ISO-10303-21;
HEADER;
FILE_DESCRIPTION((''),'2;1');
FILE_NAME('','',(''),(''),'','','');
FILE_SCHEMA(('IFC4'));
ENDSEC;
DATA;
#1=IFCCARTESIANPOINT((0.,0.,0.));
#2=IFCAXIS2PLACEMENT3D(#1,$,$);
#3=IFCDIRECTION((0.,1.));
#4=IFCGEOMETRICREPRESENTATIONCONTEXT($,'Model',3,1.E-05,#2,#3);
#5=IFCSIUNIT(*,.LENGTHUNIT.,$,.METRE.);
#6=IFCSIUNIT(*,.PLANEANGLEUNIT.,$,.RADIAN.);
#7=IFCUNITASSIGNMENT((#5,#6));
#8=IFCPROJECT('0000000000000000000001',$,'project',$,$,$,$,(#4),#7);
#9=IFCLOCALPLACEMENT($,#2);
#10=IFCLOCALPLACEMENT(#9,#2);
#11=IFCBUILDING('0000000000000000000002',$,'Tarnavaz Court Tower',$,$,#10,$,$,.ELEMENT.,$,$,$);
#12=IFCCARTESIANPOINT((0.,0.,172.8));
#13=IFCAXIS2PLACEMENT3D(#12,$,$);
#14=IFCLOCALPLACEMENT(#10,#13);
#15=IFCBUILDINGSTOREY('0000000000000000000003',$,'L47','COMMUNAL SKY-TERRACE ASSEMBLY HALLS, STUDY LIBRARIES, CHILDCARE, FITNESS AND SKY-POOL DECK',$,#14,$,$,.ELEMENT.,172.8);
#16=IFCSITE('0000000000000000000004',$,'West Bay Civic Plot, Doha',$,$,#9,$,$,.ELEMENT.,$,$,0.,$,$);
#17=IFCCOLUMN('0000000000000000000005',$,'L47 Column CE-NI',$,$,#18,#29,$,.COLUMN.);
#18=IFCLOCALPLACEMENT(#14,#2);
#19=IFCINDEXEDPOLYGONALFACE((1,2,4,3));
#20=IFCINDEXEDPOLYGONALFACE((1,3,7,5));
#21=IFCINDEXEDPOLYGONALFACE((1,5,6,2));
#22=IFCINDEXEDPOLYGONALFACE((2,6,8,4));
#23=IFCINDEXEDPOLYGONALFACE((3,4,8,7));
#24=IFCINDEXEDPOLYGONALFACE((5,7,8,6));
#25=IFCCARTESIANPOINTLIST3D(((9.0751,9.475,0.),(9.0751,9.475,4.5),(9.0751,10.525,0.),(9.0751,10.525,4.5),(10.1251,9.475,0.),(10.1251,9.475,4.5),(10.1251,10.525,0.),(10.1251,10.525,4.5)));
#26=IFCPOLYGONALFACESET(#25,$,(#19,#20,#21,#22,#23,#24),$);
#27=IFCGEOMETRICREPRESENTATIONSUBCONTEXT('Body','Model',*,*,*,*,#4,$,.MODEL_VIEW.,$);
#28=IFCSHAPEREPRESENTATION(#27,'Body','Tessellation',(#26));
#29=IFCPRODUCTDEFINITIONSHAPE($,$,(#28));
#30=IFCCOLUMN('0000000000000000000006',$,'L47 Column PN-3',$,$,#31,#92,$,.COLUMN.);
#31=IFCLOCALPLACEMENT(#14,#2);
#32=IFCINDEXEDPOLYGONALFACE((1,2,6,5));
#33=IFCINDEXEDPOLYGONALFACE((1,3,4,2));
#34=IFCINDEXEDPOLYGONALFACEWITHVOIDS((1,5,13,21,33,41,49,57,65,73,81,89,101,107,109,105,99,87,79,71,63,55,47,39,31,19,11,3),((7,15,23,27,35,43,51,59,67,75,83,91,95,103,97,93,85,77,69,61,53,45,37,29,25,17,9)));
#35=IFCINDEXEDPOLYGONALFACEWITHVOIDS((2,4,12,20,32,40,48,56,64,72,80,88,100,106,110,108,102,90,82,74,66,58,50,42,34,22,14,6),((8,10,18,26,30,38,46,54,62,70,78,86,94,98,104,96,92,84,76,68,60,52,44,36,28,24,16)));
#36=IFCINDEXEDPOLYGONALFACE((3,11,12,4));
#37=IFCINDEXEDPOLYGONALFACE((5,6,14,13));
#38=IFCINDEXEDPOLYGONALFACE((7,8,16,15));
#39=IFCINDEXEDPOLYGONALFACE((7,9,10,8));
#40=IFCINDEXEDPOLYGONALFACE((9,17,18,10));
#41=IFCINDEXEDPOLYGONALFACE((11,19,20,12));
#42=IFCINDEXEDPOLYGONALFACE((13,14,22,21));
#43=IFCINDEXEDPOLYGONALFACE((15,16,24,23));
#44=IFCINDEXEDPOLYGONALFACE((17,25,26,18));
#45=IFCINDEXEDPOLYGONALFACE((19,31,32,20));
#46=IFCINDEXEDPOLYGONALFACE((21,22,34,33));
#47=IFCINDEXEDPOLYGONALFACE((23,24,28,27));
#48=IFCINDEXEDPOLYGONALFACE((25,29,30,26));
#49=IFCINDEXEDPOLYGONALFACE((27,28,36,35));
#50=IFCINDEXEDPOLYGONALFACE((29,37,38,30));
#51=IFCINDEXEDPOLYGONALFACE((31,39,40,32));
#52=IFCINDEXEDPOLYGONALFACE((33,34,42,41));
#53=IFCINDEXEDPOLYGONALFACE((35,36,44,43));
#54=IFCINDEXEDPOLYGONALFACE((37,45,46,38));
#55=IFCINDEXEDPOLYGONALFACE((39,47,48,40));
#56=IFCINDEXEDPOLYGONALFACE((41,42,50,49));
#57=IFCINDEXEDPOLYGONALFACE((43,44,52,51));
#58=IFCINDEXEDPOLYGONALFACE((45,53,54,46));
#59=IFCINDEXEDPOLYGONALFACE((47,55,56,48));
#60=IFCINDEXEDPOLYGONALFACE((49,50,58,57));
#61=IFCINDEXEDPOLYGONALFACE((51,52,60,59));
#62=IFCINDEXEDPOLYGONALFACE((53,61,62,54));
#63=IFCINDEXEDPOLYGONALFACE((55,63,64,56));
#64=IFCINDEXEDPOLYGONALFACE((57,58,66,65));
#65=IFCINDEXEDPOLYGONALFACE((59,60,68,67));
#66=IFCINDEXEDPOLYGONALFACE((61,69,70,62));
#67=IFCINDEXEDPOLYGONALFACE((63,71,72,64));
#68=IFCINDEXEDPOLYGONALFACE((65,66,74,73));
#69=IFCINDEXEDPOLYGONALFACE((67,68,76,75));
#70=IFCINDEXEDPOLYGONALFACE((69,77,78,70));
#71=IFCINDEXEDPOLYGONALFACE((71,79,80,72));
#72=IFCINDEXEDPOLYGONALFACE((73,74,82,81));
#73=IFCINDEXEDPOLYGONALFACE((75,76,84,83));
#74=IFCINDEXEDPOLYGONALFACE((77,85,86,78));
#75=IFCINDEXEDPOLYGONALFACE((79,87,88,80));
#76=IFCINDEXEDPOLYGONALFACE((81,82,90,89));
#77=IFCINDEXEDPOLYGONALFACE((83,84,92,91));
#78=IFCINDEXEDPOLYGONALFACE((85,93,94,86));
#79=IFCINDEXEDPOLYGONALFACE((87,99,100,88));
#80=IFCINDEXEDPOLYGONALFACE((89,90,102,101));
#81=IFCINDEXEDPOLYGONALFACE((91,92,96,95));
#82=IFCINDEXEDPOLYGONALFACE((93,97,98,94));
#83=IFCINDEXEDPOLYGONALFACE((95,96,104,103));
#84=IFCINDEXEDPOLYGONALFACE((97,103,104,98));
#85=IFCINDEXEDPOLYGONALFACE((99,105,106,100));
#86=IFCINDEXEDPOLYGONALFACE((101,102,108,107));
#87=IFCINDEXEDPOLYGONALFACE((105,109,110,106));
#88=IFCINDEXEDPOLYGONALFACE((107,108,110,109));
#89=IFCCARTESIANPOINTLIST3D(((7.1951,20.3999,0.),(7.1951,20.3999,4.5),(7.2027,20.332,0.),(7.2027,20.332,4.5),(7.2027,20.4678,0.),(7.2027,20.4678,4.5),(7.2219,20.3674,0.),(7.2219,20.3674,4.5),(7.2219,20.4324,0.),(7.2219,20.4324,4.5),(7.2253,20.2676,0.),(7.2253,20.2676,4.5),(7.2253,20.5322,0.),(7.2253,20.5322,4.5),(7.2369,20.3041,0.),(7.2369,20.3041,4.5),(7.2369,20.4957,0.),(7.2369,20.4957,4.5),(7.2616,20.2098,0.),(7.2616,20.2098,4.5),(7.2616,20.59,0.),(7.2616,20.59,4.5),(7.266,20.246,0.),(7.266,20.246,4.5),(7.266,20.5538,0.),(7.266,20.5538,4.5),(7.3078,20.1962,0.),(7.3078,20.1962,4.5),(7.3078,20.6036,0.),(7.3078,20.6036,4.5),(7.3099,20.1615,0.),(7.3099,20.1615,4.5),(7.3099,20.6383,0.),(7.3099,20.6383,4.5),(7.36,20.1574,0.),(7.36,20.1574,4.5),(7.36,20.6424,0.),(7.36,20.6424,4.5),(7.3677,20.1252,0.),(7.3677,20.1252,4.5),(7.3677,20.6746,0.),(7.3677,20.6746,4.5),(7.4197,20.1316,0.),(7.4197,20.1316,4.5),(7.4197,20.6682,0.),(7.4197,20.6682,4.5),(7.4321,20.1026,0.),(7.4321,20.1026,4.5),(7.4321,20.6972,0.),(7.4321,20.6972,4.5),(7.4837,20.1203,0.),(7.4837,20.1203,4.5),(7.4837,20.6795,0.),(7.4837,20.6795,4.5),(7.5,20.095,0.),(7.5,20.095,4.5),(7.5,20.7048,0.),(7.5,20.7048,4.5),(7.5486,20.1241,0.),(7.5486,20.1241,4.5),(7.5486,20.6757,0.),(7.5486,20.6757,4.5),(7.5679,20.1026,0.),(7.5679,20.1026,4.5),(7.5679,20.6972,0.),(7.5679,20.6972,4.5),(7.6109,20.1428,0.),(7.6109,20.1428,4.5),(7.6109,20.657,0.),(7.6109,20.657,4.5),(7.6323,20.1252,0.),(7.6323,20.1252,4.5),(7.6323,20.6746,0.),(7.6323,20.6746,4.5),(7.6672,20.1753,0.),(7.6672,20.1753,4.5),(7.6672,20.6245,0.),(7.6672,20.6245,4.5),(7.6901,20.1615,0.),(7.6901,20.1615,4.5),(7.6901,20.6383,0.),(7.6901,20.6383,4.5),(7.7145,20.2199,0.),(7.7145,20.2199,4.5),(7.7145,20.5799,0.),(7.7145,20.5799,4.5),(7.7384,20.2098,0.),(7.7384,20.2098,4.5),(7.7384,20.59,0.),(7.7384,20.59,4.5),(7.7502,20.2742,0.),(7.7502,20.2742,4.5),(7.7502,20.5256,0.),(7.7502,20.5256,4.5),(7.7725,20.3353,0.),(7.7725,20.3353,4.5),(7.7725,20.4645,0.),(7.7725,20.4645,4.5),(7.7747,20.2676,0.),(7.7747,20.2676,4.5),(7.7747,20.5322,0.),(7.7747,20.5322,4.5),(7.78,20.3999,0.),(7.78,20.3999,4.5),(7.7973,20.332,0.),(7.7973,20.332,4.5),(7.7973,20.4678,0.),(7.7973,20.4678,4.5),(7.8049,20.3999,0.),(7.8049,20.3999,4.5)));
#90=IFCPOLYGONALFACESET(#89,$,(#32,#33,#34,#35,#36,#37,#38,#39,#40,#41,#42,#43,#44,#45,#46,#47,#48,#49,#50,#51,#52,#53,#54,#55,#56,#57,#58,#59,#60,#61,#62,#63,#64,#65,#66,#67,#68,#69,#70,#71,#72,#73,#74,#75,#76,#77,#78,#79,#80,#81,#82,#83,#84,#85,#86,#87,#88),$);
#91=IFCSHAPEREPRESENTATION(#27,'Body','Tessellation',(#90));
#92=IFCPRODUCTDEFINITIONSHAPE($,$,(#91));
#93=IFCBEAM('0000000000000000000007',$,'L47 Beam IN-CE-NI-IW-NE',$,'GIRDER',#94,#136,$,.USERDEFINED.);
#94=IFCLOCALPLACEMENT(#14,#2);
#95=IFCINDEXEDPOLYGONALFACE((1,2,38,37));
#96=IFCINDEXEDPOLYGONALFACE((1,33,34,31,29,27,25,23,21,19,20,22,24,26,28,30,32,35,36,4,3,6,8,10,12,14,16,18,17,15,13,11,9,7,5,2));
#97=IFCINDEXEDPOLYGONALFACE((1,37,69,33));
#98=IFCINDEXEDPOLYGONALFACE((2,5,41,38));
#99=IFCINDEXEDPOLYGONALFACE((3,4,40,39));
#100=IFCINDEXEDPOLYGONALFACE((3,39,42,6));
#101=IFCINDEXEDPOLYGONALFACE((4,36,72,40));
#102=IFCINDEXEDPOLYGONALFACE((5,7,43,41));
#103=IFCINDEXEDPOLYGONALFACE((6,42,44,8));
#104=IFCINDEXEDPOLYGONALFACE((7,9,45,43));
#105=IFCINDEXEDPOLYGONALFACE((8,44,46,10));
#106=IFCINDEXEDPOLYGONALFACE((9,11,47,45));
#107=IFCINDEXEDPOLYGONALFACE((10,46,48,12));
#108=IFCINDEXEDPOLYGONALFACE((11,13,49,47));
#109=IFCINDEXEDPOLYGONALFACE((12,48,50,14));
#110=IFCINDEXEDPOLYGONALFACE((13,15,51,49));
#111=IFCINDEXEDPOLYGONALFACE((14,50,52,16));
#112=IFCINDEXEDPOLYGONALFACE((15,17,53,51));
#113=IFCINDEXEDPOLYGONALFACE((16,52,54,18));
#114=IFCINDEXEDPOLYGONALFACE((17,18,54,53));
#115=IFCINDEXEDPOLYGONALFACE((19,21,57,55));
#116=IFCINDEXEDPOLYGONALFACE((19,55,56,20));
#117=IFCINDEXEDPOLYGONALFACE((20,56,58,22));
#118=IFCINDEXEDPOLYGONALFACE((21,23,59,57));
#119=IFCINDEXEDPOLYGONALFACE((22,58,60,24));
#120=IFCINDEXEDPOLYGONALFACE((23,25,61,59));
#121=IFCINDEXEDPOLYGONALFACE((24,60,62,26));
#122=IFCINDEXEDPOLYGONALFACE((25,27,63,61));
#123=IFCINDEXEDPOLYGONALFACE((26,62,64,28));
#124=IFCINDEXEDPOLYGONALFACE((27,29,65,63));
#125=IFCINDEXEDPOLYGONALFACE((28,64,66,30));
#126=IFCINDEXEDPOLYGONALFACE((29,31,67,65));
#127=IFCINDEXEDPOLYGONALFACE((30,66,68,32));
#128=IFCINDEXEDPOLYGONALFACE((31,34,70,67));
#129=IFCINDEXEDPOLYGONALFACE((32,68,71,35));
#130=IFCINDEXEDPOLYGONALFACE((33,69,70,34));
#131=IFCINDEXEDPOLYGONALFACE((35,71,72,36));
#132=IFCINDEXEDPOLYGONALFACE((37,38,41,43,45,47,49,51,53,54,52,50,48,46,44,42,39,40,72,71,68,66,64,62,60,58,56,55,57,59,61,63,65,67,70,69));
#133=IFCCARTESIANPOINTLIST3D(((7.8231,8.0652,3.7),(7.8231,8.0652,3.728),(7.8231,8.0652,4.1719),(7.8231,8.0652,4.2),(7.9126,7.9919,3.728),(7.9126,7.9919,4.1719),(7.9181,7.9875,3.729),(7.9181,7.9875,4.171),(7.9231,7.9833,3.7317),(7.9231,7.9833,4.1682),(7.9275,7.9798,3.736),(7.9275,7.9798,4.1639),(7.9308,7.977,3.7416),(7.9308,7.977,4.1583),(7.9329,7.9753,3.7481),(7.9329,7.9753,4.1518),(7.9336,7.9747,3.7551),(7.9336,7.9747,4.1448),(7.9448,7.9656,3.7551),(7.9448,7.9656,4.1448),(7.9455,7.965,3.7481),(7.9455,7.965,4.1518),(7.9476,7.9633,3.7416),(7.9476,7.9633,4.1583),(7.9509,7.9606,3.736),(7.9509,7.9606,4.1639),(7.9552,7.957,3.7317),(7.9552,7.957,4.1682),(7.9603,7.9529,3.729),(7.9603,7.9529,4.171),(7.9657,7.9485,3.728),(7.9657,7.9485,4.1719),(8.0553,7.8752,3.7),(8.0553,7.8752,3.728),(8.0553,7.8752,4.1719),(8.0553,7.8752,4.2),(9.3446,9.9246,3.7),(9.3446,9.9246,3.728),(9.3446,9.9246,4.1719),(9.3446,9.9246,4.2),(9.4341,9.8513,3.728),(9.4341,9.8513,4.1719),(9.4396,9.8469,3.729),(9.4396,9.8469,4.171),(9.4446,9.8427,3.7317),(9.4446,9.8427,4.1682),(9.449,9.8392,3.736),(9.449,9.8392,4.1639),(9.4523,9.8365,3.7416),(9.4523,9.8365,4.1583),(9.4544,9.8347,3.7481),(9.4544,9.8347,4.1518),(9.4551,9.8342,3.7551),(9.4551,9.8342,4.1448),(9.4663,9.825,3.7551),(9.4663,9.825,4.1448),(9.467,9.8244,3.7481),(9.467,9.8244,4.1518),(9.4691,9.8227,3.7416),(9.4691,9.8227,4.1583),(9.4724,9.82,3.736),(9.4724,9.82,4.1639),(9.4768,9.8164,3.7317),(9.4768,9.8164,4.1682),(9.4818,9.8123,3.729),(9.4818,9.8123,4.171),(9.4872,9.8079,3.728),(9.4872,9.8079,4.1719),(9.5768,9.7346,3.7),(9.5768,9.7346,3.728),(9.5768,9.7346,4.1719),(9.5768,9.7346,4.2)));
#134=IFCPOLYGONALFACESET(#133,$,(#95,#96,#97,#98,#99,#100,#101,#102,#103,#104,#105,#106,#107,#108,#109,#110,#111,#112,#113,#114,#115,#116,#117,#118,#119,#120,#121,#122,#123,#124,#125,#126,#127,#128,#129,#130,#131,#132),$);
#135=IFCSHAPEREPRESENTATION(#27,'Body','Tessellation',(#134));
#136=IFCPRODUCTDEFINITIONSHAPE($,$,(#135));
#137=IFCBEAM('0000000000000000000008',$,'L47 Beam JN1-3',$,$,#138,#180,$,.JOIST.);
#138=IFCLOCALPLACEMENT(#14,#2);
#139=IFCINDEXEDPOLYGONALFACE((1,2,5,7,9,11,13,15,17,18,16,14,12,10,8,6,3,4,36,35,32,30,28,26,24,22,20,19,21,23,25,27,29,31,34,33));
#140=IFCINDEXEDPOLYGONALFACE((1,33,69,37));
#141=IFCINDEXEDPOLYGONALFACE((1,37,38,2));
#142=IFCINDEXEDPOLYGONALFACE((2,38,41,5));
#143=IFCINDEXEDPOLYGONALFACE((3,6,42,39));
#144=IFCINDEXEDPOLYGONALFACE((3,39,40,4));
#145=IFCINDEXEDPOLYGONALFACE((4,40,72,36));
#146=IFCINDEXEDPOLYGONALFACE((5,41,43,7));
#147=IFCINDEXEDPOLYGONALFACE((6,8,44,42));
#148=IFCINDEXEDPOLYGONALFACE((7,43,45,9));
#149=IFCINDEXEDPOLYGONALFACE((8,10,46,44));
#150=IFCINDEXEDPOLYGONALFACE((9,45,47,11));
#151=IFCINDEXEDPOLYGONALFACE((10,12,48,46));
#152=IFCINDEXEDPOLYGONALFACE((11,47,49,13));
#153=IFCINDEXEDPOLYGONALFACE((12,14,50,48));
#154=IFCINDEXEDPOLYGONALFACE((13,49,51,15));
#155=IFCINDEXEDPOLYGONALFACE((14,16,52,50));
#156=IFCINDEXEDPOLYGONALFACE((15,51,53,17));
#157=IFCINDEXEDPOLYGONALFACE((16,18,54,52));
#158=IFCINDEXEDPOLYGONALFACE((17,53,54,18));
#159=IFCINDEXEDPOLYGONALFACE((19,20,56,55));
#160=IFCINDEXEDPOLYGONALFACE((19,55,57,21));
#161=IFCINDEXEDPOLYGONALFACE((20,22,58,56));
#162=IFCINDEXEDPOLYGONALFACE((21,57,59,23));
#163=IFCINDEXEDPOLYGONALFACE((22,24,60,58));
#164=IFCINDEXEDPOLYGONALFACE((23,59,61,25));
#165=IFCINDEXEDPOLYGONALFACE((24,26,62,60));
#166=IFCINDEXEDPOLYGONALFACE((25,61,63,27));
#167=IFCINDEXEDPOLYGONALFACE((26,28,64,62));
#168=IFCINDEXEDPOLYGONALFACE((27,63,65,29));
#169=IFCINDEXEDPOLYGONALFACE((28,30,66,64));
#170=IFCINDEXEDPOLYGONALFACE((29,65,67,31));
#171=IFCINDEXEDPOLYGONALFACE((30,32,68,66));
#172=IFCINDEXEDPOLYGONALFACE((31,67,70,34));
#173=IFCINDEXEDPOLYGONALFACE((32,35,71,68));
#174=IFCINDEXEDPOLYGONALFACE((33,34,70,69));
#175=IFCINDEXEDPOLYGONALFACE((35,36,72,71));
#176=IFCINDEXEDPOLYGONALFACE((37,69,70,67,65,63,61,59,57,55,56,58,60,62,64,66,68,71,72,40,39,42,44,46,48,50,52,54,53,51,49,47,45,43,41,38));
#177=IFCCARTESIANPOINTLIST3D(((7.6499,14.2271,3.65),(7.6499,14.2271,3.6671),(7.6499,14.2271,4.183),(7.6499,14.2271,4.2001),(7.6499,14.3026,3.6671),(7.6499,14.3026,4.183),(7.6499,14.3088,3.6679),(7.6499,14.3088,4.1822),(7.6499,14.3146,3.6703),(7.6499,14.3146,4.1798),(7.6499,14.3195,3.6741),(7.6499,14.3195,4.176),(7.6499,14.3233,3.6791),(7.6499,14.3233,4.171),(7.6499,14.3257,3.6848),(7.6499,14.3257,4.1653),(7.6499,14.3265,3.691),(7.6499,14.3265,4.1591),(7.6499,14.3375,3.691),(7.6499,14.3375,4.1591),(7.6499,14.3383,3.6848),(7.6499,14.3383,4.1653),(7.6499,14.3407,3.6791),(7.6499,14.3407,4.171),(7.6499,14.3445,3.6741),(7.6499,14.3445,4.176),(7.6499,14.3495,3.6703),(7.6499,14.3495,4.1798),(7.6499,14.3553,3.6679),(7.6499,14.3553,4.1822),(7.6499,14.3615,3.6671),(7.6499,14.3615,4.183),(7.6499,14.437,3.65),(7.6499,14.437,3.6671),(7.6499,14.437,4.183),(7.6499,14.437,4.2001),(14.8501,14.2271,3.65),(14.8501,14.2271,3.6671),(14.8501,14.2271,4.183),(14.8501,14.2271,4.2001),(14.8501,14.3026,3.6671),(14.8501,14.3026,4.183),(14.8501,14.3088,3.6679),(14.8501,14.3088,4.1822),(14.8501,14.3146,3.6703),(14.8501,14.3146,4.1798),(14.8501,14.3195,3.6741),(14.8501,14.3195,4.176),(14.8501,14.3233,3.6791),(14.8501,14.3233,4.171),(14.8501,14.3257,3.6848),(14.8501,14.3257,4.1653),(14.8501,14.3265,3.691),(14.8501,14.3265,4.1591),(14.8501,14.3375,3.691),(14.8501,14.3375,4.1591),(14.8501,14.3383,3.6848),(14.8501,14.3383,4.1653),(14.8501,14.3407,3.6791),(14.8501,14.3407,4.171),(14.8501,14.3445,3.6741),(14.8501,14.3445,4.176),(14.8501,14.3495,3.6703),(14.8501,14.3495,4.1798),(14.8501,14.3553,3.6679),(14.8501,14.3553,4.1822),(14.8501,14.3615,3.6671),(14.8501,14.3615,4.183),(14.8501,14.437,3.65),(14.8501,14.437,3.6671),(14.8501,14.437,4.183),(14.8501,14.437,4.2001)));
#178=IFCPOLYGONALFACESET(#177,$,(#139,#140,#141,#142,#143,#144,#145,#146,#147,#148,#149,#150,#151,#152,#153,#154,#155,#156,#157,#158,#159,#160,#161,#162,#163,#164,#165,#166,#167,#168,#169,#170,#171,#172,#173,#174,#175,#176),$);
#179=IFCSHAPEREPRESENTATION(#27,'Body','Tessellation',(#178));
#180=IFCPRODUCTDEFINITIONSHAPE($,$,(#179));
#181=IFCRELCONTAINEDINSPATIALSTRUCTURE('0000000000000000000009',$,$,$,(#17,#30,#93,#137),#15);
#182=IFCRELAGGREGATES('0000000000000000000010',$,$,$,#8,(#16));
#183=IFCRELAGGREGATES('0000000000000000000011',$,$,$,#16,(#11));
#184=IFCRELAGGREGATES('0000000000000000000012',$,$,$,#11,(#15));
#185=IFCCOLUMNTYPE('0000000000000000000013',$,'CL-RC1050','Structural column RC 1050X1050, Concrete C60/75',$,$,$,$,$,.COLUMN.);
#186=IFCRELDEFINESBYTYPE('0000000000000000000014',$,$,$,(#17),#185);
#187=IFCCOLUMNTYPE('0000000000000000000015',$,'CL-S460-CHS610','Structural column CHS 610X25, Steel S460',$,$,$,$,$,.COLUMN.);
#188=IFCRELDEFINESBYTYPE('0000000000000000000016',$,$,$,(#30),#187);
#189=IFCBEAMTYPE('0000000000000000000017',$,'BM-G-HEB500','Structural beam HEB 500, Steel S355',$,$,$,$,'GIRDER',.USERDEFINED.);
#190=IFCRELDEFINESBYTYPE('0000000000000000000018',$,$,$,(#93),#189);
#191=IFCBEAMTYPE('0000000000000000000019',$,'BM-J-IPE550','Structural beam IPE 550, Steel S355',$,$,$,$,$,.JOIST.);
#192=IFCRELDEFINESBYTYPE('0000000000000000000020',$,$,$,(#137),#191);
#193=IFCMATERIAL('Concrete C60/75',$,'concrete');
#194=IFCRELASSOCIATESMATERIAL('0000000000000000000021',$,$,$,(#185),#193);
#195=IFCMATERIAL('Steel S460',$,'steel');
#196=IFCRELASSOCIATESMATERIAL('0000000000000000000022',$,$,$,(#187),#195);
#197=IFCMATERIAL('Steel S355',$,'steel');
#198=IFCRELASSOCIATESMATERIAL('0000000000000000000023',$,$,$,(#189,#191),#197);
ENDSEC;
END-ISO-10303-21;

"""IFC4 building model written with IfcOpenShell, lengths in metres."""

from ifc_helpers import new_model, si_unit, direction, frame, origin, origin_2d, place, context, subcontext, project, spatial, rectangle, hollow_circle, i_section, extrude, material, material_profile, profile_set, type_object, element, save


model = new_model("IFC4")

# Units and contexts
model_context = context("Model", 3, precision=1e-05, world=origin(), true_north=direction((0.0, 1.0)))
body_context = subcontext(model_context, "Body", "Model", "MODEL_VIEW")
ifc_project = project(units=[si_unit("LENGTHUNIT", "METRE"), si_unit("PLANEANGLEUNIT", "RADIAN")], contexts=[model_context])

# Site, building, storey
site_placement = place(None, origin())
site = spatial("IfcSite", under=ifc_project, at=site_placement, Name="West Bay Civic Plot, Doha", CompositionType="ELEMENT", RefElevation=0.0)
building_placement = place(site_placement, origin())
building = spatial("IfcBuilding", under=site, at=building_placement, Name="Tarnavaz Court Tower", CompositionType="ELEMENT")
storey_placement = place(building_placement, frame((0.0, 0.0, 172.8)))
storey = spatial("IfcBuildingStorey", under=building, at=storey_placement, Name="L47", Description="COMMUNAL SKY-TERRACE ASSEMBLY HALLS, STUDY LIBRARIES, CHILDCARE, FITNESS AND SKY-POOL DECK", CompositionType="ELEMENT", Elevation=172.8)

# Columns
ifc_material_1 = material(Name="Concrete C60/75", Category="concrete")
ifc_material_profile_1 = material_profile(ifc_material_1, rectangle(XDim=1.05, YDim=1.05, at=origin_2d()), Name="RC 1050X1050")
ifc_profile_set_1 = profile_set([ifc_material_profile_1], Name="Concrete C60/75")
column_type_1 = type_object("IfcColumnType", Name="CL-RC1050", Description="Structural column RC 1050X1050, Concrete C60/75", PredefinedType="COLUMN", material=ifc_profile_set_1)
column_1_placement = place(storey_placement, frame((9.6001, 10.0, 0.0), z_axis=(0.0, 0.0, 1.0), x_axis=(1.0, 0.0, 0.0)))
element("IfcColumn", 1, at=column_1_placement, inside=storey, type_object=column_type_1, Name="L47 Column CE-NI", PredefinedType="COLUMN", context=body_context, shape_type="SweptSolid", body=[
    extrude(rectangle(XDim=1.05, YDim=1.05, at=origin_2d()), origin(), (0.0, 0.0, 1.0), 4.5),
])
ifc_material_2 = material(Name="Steel S460", Category="steel")
ifc_material_profile_2 = material_profile(ifc_material_2, hollow_circle(Radius=0.3049, WallThickness=0.0249, at=origin_2d()), Name="CHS 610X25")
ifc_profile_set_2 = profile_set([ifc_material_profile_2], Name="Steel S460")
column_type_2 = type_object("IfcColumnType", Name="CL-S460-CHS610", Description="Structural column CHS 610X25, Steel S460", PredefinedType="COLUMN", material=ifc_profile_set_2)
column_2_placement = place(storey_placement, frame((7.5, 20.3999, 0.0), z_axis=(0.0, 0.0, 1.0), x_axis=(1.0, 0.0, 0.0)))
element("IfcColumn", 2, at=column_2_placement, inside=storey, type_object=column_type_2, Name="L47 Column PN-3", PredefinedType="COLUMN", context=body_context, shape_type="SweptSolid", body=[
    extrude(hollow_circle(Radius=0.3049, WallThickness=0.0249, at=origin_2d()), origin(), (0.0, 0.0, 1.0), 4.5),
])

# Beams
ifc_material_3 = material(Name="Steel S355", Category="steel")
ifc_material_profile_3 = material_profile(ifc_material_3, i_section(OverallWidth=0.3, OverallDepth=0.5, WebThickness=0.0144, FlangeThickness=0.0281, FilletRadius=0.0271, at=origin_2d()), Name="HEB 500")
ifc_profile_set_3 = profile_set([ifc_material_profile_3], Name="Steel S355")
beam_type_1 = type_object("IfcBeamType", Name="BM-G-HEB500", Description="Structural beam HEB 500, Steel S355", ElementType="GIRDER", PredefinedType="USERDEFINED", material=ifc_profile_set_3)
beam_1_placement = place(storey_placement, frame((9.4607, 9.8296, 3.95), z_axis=(-0.633282, -0.773921, 0.0), x_axis=(0.773921, -0.633282, 0.0)))
element("IfcBeam", 3, at=beam_1_placement, inside=storey, type_object=beam_type_1, Name="L47 Beam IN-CE-NI-IW-NE", ObjectType="GIRDER", PredefinedType="USERDEFINED", context=body_context, shape_type="SweptSolid", body=[
    extrude(i_section(OverallWidth=0.3, OverallDepth=0.5, WebThickness=0.0144, FlangeThickness=0.0281, FilletRadius=0.0271, at=origin_2d()), origin(), (0.0, 0.0, 1.0), 2.4026),
])
ifc_material_profile_4 = material_profile(ifc_material_3, i_section(OverallWidth=0.21, OverallDepth=0.55, WebThickness=0.011, FlangeThickness=0.0171, FilletRadius=0.0239, at=origin_2d()), Name="IPE 550")
ifc_profile_set_4 = profile_set([ifc_material_profile_4], Name="Steel S355")
beam_type_2 = type_object("IfcBeamType", Name="BM-J-IPE550", Description="Structural beam IPE 550, Steel S355", PredefinedType="JOIST", material=ifc_profile_set_4)
for number, where, z_axis, x_axis, name in (
    (4, (7.6499, 14.332, 3.925), (1.0, 0.0, 0.0), (0.0, 1.0, 0.0), "L47 Beam JN1-3"),
):
    element("IfcBeam", number, at=place(storey_placement, frame(where, z_axis=z_axis, x_axis=x_axis)), inside=storey, type_object=beam_type_2, Name=name, PredefinedType="JOIST", context=body_context, shape_type="SweptSolid", body=[
        extrude(i_section(OverallWidth=0.21, OverallDepth=0.55, WebThickness=0.011, FlangeThickness=0.0171, FilletRadius=0.0239, at=origin_2d()), origin(), (0.0, 0.0, 1.0), 7.2002),
    ])

save(model, "model.ifc")
